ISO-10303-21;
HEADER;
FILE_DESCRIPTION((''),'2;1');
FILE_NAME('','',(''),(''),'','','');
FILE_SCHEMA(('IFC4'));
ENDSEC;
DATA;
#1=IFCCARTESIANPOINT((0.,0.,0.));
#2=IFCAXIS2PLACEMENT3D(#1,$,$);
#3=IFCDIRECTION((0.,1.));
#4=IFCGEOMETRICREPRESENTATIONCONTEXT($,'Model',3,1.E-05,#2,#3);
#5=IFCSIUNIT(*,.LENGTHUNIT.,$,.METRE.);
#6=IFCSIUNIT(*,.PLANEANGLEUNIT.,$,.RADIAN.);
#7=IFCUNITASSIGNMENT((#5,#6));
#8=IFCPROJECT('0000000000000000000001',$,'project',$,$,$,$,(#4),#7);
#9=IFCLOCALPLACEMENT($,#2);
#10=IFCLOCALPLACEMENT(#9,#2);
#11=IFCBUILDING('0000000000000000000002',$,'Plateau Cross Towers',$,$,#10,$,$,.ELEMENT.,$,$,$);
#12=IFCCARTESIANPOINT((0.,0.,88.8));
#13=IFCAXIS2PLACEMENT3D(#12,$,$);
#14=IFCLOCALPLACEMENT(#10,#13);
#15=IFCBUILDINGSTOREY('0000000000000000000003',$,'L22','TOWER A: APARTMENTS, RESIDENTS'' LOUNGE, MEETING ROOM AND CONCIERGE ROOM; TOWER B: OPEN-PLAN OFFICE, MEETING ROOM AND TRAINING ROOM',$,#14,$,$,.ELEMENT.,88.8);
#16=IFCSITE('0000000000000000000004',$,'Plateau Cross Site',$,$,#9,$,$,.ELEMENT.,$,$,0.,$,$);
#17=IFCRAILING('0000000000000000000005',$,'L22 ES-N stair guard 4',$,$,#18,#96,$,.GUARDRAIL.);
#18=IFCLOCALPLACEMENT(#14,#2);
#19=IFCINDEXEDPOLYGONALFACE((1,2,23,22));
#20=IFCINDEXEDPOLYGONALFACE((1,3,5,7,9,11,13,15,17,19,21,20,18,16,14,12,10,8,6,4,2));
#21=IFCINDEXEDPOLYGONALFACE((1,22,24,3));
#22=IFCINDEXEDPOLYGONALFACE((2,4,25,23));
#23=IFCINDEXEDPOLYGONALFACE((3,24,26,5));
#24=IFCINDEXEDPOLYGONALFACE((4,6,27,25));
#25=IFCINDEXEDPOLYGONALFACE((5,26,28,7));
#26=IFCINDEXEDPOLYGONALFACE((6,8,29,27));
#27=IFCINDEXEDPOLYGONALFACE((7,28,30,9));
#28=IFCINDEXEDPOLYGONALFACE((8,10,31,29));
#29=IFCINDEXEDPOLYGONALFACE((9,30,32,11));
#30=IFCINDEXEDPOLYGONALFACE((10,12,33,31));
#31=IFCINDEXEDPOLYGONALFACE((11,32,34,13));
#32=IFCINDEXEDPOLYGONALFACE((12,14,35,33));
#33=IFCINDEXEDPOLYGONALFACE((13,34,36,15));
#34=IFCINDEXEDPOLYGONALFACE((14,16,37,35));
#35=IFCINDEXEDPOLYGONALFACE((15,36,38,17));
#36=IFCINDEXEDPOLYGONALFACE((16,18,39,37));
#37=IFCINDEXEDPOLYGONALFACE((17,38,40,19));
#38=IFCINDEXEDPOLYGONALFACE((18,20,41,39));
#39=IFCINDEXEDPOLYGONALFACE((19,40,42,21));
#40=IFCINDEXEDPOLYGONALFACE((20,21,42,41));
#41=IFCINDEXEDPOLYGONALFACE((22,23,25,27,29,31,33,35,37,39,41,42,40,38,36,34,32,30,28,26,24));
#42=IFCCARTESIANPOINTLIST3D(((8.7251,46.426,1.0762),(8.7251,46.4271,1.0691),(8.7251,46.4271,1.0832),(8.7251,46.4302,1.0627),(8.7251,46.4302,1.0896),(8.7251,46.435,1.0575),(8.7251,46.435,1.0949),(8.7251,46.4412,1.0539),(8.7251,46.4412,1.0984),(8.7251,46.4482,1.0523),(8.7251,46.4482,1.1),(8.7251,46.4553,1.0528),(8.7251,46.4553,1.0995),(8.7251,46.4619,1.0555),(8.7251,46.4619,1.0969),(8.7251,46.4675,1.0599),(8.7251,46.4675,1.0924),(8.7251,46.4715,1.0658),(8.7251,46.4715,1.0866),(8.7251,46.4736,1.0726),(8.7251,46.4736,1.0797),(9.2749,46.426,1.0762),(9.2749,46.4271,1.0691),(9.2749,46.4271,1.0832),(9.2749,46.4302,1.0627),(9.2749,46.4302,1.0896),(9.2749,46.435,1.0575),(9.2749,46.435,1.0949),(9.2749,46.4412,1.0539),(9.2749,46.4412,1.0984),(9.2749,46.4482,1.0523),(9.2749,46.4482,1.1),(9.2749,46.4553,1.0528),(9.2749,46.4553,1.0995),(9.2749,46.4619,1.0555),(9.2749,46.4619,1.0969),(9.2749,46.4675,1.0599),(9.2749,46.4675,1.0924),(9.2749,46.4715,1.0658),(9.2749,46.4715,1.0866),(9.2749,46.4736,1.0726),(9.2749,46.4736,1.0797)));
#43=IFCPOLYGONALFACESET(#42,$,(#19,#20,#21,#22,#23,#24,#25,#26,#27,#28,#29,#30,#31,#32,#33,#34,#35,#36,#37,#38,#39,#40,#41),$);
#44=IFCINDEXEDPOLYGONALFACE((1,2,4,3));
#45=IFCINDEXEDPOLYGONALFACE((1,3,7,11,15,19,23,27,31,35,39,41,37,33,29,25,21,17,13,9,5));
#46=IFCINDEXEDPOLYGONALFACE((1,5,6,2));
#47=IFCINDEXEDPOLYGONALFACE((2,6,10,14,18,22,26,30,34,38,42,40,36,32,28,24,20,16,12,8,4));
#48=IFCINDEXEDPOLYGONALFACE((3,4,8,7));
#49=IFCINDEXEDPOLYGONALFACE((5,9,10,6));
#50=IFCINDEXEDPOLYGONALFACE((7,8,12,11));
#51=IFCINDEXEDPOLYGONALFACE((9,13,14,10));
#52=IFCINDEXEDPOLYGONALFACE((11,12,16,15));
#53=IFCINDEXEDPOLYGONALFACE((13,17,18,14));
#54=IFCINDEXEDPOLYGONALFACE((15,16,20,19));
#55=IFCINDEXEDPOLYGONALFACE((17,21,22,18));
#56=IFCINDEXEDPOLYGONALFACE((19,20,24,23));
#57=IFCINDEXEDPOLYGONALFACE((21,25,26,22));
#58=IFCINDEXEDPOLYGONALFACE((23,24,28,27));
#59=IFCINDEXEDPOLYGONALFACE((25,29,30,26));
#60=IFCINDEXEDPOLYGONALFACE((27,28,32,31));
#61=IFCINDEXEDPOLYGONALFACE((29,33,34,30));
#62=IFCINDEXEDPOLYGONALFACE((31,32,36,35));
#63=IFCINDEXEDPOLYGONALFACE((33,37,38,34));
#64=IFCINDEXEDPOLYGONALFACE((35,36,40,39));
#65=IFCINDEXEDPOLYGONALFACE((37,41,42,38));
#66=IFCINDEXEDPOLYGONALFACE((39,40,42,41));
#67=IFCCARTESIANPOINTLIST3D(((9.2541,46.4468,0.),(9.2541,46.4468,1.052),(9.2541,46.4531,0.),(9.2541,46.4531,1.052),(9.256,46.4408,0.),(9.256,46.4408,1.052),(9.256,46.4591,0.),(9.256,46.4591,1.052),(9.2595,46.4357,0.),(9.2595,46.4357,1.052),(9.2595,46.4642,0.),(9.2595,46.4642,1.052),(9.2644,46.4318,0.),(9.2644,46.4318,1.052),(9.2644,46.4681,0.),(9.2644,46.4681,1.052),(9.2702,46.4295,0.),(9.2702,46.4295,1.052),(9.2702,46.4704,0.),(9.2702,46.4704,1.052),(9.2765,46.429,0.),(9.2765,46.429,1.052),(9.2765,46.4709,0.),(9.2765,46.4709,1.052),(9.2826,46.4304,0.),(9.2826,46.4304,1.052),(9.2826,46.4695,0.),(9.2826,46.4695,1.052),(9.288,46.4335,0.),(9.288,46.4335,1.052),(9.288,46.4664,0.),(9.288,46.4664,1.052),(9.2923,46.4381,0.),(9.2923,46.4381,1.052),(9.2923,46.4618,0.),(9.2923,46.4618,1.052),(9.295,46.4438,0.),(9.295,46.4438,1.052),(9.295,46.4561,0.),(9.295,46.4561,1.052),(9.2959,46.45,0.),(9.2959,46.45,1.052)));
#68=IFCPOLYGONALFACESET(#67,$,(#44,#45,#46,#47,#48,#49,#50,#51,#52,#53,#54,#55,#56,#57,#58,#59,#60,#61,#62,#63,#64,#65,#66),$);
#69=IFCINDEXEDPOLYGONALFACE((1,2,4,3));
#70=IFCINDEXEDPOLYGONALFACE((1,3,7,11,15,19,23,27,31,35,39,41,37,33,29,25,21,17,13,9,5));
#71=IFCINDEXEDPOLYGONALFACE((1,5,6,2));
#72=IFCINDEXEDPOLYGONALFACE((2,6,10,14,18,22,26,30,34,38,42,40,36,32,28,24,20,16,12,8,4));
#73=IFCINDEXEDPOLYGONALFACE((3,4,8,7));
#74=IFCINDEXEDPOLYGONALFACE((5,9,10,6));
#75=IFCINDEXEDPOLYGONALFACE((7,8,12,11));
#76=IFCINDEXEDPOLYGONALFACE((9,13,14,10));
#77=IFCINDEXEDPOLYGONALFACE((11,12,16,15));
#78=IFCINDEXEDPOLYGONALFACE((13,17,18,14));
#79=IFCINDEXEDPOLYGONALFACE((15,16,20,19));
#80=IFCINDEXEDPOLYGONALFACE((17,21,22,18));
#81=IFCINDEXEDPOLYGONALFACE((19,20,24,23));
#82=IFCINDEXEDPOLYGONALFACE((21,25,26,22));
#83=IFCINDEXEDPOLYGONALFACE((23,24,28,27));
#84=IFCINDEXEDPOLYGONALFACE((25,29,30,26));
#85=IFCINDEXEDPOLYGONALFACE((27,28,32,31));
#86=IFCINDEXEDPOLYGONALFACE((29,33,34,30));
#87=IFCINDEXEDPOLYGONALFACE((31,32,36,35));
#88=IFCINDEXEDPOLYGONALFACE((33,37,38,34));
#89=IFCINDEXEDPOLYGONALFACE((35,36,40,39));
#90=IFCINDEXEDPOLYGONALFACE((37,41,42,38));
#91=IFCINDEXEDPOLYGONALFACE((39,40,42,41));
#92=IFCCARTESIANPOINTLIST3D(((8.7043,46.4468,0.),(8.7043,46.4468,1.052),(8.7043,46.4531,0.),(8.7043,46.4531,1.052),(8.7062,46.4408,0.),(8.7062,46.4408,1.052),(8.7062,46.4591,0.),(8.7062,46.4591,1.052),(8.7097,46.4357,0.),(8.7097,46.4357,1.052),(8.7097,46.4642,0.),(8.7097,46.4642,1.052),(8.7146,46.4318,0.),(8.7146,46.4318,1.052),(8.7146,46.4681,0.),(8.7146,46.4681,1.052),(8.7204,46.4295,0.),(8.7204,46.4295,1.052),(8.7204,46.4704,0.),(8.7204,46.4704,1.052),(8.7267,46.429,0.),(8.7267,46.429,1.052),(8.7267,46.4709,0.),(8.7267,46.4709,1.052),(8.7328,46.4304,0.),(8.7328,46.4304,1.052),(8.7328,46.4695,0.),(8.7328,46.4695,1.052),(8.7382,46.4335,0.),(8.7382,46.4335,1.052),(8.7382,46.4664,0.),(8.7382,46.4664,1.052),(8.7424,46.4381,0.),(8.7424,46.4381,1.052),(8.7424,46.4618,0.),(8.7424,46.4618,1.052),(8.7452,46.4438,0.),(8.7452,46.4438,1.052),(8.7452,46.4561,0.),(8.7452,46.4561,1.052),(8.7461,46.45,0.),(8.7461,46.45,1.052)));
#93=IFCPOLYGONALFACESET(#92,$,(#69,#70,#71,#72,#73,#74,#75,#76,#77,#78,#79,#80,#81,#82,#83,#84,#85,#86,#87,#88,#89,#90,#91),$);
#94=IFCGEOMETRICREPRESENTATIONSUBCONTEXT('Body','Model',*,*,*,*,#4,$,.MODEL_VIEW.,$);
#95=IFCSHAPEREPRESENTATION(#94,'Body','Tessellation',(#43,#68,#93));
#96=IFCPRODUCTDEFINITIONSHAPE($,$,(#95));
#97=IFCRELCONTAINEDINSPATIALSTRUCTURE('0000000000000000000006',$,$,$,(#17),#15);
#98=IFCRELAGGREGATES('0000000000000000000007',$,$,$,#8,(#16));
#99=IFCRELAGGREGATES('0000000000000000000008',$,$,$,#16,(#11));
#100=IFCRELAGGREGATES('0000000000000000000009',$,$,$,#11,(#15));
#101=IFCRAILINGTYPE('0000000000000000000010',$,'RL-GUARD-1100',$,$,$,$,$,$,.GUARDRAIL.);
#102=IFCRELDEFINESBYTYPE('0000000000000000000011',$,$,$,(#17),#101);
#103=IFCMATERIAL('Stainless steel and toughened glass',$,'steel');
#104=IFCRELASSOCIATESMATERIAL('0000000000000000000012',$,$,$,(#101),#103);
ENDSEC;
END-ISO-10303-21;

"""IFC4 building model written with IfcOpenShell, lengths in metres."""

from ifc_helpers import new_model, si_unit, direction, frame, origin, origin_2d, place, context, subcontext, project, spatial, circle, extrude, material, type_object, element, save


model = new_model("IFC4")

# Units and contexts
model_context = context("Model", 3, precision=1e-05, world=origin(), true_north=direction((0.0, 1.0)))
body_context = subcontext(model_context, "Body", "Model", "MODEL_VIEW")
ifc_project = project(units=[si_unit("LENGTHUNIT", "METRE"), si_unit("PLANEANGLEUNIT", "RADIAN")], contexts=[model_context])

# Site, building, storey
site_placement = place(None, origin())
site = spatial("IfcSite", under=ifc_project, at=site_placement, Name="Plateau Cross Site", CompositionType="ELEMENT", RefElevation=0.0)
building_placement = place(site_placement, origin())
building = spatial("IfcBuilding", under=site, at=building_placement, Name="Plateau Cross Towers", CompositionType="ELEMENT")
storey_placement = place(building_placement, frame((0.0, 0.0, 88.8)))
storey = spatial("IfcBuildingStorey", under=building, at=storey_placement, Name="L22", Description="TOWER A: APARTMENTS, RESIDENTS' LOUNGE, MEETING ROOM AND CONCIERGE ROOM; TOWER B: OPEN-PLAN OFFICE, MEETING ROOM AND TRAINING ROOM", CompositionType="ELEMENT", Elevation=88.8)

# Railing
ifc_material_1 = material(Name="Stainless steel and toughened glass", Category="steel")
railing_type_1 = type_object("IfcRailingType", Name="RL-GUARD-1100", PredefinedType="GUARDRAIL", material=ifc_material_1)
railing_1_placement = place(storey_placement, frame((9.2749, 46.45, 0.0)))
element("IfcRailing", 1, at=railing_1_placement, inside=storey, type_object=railing_type_1, Name="L22 ES-N stair guard 4", PredefinedType="GUARDRAIL", context=body_context, shape_type="SweptSolid", body=[
    extrude(circle(Radius=0.0239, at=origin_2d()), frame((0.0, 0.0, 1.0762), z_axis=(-1.0, 0.0, 0.0), x_axis=(0.0, -1.0, 0.0)), (0.0, 0.0, 1.0), 0.5498),
    extrude(circle(Radius=0.021, at=origin_2d()), origin(), (0.0, 0.0, 1.0), 1.052),
    extrude(circle(Radius=0.021, at=origin_2d()), frame((-0.5498, 0.0, 0.0)), (0.0, 0.0, 1.0), 1.052),
])

save(model, "model.ifc")
